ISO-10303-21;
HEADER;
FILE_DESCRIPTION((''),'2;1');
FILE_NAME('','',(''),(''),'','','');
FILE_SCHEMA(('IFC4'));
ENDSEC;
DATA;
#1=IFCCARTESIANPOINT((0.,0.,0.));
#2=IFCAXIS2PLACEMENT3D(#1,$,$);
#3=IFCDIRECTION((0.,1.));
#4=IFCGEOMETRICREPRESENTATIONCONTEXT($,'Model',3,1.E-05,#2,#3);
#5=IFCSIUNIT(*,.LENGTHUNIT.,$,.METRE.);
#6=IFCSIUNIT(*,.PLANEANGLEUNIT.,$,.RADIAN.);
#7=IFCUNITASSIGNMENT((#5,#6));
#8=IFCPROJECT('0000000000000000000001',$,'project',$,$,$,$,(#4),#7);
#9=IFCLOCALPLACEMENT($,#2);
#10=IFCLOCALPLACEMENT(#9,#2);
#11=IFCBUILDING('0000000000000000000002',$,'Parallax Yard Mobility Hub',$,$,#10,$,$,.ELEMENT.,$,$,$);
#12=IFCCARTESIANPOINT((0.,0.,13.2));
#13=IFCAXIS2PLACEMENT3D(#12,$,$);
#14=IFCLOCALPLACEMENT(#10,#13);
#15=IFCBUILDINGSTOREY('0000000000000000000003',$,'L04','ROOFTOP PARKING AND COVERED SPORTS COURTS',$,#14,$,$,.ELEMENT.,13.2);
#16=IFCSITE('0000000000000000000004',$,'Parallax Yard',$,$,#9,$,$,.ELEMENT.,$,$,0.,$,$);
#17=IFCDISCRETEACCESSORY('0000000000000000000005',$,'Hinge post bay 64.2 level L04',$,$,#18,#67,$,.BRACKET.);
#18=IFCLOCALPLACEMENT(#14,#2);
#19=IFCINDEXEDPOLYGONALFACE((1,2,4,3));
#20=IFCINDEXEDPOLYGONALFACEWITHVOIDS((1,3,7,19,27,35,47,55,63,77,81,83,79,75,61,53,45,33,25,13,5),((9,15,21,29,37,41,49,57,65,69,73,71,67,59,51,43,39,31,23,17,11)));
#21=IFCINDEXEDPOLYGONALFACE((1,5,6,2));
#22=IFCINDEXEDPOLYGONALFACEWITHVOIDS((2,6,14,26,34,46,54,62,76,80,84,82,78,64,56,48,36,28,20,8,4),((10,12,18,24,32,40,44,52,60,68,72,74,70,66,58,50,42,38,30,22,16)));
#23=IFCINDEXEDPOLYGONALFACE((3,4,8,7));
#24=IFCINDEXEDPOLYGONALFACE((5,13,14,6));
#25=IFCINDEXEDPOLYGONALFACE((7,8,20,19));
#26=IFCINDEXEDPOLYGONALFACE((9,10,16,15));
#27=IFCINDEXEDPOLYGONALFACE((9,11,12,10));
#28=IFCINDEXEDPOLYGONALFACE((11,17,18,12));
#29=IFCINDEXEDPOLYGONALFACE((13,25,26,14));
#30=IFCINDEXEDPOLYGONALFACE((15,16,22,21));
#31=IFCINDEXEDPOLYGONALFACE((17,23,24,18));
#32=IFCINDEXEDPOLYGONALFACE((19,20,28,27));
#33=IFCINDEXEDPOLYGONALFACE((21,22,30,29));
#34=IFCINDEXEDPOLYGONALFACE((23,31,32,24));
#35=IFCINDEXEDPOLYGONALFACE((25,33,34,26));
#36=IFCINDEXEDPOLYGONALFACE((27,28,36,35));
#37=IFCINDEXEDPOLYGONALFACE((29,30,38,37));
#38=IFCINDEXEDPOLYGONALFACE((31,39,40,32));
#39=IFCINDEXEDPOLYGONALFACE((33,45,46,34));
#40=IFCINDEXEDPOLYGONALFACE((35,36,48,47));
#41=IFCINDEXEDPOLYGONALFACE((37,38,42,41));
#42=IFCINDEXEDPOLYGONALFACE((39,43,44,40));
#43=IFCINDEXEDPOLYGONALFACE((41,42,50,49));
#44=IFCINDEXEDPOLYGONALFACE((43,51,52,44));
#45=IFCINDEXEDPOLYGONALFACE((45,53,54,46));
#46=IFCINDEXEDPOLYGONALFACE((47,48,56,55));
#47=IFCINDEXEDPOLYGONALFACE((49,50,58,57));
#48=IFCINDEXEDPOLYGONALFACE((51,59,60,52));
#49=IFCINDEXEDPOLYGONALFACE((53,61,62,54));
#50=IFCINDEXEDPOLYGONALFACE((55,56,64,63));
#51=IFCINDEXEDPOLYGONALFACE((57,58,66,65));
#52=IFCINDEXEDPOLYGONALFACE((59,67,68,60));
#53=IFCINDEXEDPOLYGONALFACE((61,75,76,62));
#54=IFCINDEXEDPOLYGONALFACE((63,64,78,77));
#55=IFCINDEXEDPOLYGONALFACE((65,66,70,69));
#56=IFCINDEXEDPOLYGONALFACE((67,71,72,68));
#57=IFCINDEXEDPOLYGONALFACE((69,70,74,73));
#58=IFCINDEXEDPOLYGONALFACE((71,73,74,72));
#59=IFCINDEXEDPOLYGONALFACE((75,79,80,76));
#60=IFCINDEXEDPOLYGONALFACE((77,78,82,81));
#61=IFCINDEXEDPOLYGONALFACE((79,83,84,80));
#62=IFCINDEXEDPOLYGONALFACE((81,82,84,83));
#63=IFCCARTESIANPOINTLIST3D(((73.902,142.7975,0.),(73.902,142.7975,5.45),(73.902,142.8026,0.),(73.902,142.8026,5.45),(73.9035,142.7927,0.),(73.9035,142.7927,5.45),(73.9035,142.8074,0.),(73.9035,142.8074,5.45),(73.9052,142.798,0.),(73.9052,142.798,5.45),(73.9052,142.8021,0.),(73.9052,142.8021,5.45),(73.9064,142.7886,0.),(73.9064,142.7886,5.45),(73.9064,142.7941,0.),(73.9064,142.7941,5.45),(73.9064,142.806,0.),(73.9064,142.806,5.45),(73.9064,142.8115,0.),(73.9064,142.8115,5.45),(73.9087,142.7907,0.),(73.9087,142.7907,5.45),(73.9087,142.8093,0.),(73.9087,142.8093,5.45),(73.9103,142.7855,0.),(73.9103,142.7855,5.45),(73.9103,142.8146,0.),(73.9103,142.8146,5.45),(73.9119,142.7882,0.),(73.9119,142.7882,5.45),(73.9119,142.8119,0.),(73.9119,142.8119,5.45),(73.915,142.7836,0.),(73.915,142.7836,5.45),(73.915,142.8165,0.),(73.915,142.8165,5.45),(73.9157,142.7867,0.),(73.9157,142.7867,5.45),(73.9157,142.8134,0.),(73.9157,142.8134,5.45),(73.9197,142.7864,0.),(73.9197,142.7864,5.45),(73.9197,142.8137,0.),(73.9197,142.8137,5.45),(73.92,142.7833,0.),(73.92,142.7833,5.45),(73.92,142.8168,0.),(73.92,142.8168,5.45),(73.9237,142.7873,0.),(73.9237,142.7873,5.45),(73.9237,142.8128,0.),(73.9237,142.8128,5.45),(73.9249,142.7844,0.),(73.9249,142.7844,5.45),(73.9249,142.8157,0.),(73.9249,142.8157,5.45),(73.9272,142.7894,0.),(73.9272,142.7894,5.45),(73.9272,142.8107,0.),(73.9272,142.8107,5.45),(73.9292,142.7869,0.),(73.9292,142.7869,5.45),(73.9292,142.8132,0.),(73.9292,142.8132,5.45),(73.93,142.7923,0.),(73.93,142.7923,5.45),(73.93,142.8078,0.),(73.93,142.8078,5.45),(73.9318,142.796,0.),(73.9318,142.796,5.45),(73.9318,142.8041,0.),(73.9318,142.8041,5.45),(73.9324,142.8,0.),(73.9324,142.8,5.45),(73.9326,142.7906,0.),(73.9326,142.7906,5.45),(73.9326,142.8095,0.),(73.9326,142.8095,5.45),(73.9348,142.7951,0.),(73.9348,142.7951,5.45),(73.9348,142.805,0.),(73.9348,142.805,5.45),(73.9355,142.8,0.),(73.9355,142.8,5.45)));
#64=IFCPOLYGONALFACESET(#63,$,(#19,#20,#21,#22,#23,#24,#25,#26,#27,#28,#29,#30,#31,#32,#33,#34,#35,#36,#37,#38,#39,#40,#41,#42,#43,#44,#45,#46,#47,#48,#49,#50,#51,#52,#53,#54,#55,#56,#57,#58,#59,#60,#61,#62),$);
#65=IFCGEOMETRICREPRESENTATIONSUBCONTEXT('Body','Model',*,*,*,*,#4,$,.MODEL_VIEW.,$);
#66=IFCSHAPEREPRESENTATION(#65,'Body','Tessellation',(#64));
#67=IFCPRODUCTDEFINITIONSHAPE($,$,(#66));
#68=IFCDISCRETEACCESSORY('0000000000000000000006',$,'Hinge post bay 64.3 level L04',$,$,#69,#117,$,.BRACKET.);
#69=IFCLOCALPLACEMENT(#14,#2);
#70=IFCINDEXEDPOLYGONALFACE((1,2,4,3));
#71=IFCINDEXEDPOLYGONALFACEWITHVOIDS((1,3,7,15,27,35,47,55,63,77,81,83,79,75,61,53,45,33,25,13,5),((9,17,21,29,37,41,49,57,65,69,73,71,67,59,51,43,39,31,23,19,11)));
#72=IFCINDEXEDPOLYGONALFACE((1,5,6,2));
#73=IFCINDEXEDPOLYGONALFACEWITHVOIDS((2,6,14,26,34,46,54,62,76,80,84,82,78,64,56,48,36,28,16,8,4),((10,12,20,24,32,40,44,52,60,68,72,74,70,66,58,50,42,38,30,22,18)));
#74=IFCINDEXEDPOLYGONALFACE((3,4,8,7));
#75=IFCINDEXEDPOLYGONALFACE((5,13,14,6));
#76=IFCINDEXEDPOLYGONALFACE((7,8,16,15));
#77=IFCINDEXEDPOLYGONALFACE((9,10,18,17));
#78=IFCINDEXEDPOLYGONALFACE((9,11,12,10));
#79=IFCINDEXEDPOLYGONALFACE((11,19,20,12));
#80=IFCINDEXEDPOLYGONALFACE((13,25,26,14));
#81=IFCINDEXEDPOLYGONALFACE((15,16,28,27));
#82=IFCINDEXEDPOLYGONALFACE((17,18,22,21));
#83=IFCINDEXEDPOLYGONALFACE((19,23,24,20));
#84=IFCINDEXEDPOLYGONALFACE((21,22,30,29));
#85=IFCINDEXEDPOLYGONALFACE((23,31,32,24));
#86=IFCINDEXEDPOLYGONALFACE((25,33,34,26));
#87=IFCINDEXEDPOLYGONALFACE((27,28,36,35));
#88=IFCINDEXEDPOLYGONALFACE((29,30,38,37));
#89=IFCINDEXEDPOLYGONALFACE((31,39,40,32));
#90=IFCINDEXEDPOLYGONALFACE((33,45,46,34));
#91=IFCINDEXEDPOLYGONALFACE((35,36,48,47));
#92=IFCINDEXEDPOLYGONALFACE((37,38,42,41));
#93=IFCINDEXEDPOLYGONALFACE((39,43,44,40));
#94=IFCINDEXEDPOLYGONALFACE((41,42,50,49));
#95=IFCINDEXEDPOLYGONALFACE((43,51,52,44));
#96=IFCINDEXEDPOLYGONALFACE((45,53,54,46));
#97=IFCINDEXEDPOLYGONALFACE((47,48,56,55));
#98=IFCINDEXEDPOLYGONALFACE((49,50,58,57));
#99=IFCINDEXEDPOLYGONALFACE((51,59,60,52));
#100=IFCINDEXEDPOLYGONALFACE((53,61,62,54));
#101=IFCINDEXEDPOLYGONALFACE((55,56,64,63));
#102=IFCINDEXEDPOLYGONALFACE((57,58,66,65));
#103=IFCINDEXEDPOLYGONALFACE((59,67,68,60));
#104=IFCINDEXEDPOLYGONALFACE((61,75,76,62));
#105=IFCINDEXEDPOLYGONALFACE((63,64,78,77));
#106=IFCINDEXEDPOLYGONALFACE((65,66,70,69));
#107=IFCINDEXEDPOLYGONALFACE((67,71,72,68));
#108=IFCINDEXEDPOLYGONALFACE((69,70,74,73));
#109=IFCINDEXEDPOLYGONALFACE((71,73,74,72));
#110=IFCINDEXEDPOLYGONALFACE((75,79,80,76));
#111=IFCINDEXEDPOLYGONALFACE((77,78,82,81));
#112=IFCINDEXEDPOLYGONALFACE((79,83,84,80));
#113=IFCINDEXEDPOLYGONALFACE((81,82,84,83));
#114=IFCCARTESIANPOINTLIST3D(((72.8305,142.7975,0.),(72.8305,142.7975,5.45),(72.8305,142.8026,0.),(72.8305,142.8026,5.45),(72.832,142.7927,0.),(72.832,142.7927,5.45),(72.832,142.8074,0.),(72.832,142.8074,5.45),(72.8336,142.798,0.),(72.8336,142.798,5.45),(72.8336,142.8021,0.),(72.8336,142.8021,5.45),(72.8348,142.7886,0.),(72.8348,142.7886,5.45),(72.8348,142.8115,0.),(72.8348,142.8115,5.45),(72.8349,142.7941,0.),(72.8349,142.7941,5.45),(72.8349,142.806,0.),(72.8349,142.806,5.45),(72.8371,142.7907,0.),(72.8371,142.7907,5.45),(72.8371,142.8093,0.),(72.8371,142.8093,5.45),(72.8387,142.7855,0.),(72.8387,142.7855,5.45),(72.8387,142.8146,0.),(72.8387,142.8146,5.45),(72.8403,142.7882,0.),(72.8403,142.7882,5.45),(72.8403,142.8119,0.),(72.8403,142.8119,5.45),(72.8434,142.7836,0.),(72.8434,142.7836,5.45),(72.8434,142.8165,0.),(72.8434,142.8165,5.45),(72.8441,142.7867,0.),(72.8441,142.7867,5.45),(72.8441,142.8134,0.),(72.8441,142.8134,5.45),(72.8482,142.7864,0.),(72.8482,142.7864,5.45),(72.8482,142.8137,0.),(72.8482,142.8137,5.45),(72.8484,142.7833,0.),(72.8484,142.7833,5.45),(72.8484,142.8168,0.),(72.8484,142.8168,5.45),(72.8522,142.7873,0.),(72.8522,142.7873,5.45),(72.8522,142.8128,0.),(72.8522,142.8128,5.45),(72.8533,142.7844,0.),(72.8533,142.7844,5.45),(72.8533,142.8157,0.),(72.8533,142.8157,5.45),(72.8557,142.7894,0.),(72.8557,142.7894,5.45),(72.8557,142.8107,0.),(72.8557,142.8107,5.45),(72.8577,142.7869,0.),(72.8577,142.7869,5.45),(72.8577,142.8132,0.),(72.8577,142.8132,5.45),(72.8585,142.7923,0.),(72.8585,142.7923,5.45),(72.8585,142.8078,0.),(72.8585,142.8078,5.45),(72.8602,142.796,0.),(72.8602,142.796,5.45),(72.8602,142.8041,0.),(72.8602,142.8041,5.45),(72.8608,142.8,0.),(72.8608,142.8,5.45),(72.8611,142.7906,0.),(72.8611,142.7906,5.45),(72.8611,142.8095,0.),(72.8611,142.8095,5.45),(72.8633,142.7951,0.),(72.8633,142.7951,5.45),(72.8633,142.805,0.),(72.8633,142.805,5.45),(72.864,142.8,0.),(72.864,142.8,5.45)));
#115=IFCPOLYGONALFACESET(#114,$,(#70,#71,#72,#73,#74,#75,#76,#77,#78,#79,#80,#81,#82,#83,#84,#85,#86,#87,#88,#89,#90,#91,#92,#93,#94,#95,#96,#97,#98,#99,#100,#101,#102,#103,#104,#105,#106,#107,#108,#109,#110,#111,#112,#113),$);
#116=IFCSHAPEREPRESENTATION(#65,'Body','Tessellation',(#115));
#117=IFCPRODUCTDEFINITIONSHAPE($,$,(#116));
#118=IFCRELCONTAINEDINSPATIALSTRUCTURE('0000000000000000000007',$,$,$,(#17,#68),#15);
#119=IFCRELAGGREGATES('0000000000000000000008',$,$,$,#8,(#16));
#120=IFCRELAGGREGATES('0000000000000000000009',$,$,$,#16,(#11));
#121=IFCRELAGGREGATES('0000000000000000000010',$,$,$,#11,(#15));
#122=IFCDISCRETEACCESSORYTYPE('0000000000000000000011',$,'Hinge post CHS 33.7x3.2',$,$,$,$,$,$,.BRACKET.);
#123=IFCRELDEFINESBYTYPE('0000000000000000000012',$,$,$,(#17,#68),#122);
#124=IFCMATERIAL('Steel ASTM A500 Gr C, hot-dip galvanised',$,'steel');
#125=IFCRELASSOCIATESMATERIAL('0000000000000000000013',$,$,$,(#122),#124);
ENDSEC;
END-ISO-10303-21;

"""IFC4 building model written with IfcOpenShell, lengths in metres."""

from ifc_helpers import new_model, si_unit, direction, frame, origin, origin_2d, place, context, subcontext, project, spatial, hollow_circle, extrude, material, material_profile, profile_set, type_object, element, save


model = new_model("IFC4")

# Units and contexts
model_context = context("Model", 3, precision=1e-05, world=origin(), true_north=direction((0.0, 1.0)))
body_context = subcontext(model_context, "Body", "Model", "MODEL_VIEW")
ifc_project = project(units=[si_unit("LENGTHUNIT", "METRE"), si_unit("PLANEANGLEUNIT", "RADIAN")], contexts=[model_context])

# Site, building, storey
site_placement = place(None, origin())
site = spatial("IfcSite", under=ifc_project, at=site_placement, Name="Parallax Yard", CompositionType="ELEMENT", RefElevation=0.0)
building_placement = place(site_placement, origin())
building = spatial("IfcBuilding", under=site, at=building_placement, Name="Parallax Yard Mobility Hub", CompositionType="ELEMENT")
storey_placement = place(building_placement, frame((0.0, 0.0, 13.2)))
storey = spatial("IfcBuildingStorey", under=building, at=storey_placement, Name="L04", Description="ROOFTOP PARKING AND COVERED SPORTS COURTS", CompositionType="ELEMENT", Elevation=13.2)

# Discrete accessories
ifc_material_1 = material(Name="Steel ASTM A500 Gr C, hot-dip galvanised", Category="steel")
ifc_material_profile = material_profile(ifc_material_1, hollow_circle(Radius=0.0168, WallThickness=0.0032, at=origin_2d()), Name="CHS 33.7x3.2")
ifc_profile_set = profile_set([ifc_material_profile], Name="Steel ASTM A500 Gr C, hot-dip galvanised")
discrete_accessory_type_1 = type_object("IfcDiscreteAccessoryType", Name="Hinge post CHS 33.7x3.2", PredefinedType="BRACKET", material=ifc_profile_set)
for number, where, z_axis, x_axis, name in (
    (1, (73.9187, 142.8, 0.0), (0.0, 0.0, 1.0), (1.0, 0.0, 0.0), "Hinge post bay 64.2 level L04"),
    (2, (72.8472, 142.8, 0.0), (0.0, 0.0, 1.0), (1.0, 0.0, 0.0), "Hinge post bay 64.3 level L04"),
):
    element("IfcDiscreteAccessory", number, at=place(storey_placement, frame(where, z_axis=z_axis, x_axis=x_axis)), inside=storey, type_object=discrete_accessory_type_1, Name=name, PredefinedType="BRACKET", context=body_context, shape_type="SweptSolid", body=[
        extrude(hollow_circle(Radius=0.0168, WallThickness=0.0032, at=origin_2d()), origin(), (0.0, 0.0, 1.0), 5.45),
    ])

save(model, "model.ifc")
